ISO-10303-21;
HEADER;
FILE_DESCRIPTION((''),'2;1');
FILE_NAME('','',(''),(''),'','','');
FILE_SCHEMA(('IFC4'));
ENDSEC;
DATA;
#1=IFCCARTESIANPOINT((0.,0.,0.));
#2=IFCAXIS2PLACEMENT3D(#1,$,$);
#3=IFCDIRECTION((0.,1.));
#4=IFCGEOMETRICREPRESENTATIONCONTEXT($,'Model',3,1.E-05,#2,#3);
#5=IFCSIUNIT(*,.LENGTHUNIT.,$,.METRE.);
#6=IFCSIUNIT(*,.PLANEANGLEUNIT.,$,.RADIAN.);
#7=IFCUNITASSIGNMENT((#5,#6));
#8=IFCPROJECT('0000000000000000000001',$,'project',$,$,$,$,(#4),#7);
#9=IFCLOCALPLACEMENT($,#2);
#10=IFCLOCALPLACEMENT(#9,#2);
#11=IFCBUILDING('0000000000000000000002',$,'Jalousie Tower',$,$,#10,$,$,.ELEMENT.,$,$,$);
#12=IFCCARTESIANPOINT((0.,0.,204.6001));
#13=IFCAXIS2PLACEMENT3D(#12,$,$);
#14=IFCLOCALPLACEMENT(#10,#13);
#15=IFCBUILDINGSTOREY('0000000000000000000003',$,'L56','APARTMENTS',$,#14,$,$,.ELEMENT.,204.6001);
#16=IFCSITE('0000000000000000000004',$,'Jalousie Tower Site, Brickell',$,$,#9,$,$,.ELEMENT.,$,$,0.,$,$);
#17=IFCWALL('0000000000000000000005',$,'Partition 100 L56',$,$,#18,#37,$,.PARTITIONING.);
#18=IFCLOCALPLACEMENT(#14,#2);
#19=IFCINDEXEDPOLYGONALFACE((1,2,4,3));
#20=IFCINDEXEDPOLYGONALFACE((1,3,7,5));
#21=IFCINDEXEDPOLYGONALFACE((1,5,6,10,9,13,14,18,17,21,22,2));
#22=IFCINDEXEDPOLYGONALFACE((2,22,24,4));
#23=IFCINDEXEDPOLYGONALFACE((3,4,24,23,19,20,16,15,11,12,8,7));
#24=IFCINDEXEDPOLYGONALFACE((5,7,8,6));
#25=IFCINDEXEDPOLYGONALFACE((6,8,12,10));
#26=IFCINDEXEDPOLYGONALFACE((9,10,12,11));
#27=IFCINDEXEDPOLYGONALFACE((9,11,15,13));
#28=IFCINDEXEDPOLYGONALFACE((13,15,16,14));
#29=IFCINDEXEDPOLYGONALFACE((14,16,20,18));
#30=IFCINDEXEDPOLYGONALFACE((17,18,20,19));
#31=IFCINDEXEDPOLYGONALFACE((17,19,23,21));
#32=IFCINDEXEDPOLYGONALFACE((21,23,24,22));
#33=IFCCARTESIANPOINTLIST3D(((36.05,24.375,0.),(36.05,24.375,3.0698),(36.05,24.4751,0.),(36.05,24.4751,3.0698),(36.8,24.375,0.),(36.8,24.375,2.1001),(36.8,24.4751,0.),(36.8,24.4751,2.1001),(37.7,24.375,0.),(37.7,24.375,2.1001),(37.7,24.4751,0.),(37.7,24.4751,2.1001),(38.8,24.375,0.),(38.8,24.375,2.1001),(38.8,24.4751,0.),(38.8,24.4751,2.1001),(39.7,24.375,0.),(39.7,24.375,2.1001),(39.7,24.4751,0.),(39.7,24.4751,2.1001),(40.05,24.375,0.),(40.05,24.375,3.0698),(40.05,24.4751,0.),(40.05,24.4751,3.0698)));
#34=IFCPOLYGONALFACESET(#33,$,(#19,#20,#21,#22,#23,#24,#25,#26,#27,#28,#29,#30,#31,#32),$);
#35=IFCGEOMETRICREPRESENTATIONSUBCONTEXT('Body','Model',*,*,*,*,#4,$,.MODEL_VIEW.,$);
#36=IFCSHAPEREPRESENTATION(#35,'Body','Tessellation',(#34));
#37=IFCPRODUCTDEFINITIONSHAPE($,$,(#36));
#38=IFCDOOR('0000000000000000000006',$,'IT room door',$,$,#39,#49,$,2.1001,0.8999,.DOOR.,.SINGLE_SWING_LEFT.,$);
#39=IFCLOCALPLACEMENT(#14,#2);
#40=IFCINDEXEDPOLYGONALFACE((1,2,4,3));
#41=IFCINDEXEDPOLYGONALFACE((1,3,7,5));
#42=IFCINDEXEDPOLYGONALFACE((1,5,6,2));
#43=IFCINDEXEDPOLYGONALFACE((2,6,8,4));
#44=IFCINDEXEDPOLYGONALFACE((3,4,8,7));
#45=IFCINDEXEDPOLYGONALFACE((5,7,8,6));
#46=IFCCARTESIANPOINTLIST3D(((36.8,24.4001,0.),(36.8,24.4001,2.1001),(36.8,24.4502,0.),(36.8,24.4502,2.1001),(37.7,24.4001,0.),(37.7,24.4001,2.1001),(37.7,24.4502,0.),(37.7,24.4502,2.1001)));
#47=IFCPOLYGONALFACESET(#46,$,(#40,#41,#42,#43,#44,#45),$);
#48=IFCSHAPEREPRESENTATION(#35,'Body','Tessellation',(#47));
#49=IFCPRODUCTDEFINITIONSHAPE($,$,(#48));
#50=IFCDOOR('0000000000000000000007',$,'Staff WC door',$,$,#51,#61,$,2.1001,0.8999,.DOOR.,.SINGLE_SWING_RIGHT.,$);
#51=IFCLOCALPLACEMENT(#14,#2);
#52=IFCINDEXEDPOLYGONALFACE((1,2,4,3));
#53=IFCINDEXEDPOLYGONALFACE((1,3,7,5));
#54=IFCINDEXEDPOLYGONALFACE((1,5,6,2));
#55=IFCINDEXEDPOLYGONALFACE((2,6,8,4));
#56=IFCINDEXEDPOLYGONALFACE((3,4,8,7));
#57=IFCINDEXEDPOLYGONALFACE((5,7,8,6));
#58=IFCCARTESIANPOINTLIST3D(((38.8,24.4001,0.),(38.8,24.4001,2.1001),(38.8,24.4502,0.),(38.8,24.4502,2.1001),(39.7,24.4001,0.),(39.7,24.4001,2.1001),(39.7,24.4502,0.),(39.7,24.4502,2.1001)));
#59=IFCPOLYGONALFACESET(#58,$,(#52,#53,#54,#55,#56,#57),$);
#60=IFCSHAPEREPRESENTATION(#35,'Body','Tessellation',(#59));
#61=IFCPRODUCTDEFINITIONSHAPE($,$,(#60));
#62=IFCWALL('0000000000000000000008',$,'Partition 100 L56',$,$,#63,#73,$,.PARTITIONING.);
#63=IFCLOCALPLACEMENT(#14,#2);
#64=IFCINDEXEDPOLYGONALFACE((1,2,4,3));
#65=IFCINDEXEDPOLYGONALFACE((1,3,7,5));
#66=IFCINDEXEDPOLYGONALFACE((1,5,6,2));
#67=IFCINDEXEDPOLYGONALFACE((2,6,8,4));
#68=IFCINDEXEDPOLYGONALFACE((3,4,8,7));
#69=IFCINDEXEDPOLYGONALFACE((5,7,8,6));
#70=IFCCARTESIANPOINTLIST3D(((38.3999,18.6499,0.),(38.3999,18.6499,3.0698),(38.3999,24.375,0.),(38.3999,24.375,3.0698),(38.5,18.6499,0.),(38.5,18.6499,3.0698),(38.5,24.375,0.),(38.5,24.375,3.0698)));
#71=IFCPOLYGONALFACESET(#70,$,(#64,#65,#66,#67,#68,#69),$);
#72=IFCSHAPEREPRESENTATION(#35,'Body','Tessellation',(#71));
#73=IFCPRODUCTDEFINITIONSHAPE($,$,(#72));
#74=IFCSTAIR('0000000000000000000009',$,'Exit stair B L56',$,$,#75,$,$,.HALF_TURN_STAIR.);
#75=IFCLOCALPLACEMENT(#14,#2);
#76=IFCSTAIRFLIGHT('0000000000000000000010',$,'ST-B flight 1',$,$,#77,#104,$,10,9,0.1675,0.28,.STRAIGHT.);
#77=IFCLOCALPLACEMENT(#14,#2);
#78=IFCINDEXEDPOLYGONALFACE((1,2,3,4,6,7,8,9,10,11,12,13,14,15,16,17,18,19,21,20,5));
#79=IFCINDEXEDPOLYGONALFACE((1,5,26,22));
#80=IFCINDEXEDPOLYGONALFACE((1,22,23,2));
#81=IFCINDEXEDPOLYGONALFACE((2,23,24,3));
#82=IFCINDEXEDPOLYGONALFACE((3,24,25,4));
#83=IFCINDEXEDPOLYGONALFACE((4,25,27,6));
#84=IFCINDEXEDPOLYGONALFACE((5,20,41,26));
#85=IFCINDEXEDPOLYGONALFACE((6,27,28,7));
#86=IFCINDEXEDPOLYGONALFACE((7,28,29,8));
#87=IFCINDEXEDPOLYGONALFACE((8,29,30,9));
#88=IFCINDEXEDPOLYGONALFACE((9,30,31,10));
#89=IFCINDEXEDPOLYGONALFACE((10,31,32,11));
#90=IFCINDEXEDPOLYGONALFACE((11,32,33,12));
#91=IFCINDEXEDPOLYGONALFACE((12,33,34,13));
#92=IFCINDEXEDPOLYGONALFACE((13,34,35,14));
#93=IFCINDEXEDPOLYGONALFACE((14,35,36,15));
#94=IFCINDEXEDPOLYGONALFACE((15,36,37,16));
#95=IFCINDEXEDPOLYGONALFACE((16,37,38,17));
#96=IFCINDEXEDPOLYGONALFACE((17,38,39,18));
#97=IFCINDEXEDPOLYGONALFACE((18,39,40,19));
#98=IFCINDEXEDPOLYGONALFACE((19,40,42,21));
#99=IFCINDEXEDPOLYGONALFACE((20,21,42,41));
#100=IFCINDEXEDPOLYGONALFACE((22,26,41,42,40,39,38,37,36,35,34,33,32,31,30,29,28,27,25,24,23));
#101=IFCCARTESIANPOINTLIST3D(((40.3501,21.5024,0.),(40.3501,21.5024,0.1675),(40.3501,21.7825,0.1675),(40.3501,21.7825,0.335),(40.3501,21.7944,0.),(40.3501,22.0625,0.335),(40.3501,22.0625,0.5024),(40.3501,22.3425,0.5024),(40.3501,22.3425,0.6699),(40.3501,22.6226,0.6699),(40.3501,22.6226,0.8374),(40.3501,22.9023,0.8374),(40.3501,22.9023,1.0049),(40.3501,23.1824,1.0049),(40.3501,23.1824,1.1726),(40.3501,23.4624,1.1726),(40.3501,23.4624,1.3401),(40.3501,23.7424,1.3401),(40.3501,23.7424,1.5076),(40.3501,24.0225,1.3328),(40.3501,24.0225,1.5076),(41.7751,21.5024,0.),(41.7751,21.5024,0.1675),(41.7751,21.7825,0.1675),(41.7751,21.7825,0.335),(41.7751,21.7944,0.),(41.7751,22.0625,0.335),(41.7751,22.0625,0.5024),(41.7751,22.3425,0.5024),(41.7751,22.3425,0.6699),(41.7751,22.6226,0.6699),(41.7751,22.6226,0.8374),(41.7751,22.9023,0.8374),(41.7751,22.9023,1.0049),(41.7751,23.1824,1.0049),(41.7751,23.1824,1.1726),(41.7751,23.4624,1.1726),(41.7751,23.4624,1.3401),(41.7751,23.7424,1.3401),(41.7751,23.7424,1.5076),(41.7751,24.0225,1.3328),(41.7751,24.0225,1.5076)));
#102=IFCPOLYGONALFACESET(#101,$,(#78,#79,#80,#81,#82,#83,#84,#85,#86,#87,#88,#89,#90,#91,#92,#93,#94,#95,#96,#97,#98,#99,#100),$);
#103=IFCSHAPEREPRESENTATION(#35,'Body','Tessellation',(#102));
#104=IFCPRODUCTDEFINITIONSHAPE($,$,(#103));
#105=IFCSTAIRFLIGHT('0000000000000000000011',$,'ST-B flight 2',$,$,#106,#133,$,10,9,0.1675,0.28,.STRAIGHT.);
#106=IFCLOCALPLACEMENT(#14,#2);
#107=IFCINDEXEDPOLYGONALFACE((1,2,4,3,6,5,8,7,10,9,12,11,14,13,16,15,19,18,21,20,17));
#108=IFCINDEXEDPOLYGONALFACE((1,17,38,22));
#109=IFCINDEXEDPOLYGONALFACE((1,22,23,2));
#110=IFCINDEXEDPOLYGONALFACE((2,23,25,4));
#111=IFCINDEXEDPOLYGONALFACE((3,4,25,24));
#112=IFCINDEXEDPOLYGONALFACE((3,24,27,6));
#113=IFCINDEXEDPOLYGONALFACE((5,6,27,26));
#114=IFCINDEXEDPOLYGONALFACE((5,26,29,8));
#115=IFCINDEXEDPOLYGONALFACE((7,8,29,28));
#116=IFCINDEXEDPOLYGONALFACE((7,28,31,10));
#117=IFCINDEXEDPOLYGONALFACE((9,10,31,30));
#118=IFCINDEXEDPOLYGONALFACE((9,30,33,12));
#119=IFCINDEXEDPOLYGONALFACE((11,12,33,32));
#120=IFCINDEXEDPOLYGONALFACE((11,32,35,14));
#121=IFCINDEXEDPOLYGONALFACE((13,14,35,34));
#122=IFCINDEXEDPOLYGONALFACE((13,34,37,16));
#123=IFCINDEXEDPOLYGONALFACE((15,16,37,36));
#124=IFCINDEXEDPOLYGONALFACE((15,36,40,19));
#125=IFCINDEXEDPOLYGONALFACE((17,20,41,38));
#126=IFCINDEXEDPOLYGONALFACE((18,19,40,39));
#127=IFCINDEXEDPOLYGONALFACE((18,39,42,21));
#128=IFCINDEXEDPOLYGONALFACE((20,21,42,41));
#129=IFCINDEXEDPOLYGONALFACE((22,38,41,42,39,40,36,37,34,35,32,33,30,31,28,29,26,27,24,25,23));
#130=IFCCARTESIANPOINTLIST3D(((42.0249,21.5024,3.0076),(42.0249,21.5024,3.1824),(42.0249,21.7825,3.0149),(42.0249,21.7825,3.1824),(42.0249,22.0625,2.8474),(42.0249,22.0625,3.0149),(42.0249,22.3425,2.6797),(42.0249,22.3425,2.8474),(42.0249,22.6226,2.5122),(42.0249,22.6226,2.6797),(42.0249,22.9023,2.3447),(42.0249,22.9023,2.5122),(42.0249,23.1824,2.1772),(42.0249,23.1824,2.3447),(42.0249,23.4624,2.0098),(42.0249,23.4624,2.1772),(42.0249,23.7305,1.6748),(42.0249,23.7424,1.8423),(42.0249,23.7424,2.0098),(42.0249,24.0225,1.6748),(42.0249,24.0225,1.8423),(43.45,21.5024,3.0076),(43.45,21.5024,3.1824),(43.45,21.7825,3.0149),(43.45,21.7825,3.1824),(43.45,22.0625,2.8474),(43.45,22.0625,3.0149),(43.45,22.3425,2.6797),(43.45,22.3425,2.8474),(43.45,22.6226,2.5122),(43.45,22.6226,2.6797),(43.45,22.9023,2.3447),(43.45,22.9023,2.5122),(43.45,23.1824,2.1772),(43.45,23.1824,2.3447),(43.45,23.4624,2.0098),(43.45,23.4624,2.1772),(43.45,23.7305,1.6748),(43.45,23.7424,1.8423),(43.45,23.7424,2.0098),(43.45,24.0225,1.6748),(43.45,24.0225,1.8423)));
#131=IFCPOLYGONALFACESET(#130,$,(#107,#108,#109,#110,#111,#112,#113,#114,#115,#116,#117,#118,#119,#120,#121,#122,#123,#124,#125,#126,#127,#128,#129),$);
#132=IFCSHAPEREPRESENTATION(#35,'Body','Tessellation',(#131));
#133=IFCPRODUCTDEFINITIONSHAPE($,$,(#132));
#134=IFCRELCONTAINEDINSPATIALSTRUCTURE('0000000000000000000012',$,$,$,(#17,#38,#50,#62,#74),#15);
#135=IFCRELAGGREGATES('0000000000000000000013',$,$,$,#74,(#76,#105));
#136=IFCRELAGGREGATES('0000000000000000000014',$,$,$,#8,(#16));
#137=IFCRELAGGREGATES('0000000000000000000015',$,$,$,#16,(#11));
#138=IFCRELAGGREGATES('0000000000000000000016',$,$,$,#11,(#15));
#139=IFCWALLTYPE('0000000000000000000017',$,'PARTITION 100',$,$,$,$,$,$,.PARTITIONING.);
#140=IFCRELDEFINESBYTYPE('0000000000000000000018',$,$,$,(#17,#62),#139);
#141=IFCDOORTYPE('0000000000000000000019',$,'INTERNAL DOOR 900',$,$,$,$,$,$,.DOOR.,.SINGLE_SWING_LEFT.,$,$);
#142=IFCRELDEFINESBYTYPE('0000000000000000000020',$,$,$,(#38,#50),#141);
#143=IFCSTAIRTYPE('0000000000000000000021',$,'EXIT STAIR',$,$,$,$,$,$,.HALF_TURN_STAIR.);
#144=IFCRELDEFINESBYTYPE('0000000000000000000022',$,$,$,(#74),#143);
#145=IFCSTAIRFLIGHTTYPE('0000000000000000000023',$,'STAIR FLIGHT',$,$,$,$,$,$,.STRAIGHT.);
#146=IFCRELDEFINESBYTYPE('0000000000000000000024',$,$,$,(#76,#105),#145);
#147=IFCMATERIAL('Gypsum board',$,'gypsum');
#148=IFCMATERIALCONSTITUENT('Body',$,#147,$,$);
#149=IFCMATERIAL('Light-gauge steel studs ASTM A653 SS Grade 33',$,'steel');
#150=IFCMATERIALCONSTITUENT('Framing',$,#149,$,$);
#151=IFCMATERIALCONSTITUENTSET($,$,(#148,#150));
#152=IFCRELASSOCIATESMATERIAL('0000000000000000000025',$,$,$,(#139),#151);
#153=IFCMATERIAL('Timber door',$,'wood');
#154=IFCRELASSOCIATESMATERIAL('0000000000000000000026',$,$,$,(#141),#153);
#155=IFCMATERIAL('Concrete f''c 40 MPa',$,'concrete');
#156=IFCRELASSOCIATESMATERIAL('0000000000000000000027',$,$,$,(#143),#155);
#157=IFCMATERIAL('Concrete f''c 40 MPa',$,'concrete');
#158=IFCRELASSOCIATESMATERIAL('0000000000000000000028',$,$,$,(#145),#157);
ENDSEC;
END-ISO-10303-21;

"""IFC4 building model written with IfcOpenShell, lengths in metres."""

from ifc_helpers import new_model, si_unit, direction, frame, frame_2d, origin, place, context, subcontext, project, spatial, polyline, rectangle, outline, extrude, material, constituent, constituent_set, type_object, element, fill, aggregate, save


model = new_model("IFC4")

# Units and contexts
model_context = context("Model", 3, precision=1e-05, world=origin(), true_north=direction((0.0, 1.0)))
body_context = subcontext(model_context, "Body", "Model", "MODEL_VIEW")
ifc_project = project(units=[si_unit("LENGTHUNIT", "METRE"), si_unit("PLANEANGLEUNIT", "RADIAN")], contexts=[model_context])

# Site, building, storey
site_placement = place(None, origin())
site = spatial("IfcSite", under=ifc_project, at=site_placement, Name="Jalousie Tower Site, Brickell", CompositionType="ELEMENT", RefElevation=0.0)
building_placement = place(site_placement, origin())
building = spatial("IfcBuilding", under=site, at=building_placement, Name="Jalousie Tower", CompositionType="ELEMENT")
storey_placement = place(building_placement, frame((0.0, 0.0, 204.6001)))
storey = spatial("IfcBuildingStorey", under=building, at=storey_placement, Name="L56", Description="APARTMENTS", CompositionType="ELEMENT", Elevation=204.6001)

# Wall, openings, doors
ifc_material_1 = material(Name="Gypsum board", Category="gypsum")
ifc_constituent_1 = constituent(ifc_material_1, Name="Body")
ifc_material_2 = material(Name="Light-gauge steel studs ASTM A653 SS Grade 33", Category="steel")
ifc_constituent_2 = constituent(ifc_material_2, Name="Framing")
ifc_constituent_set_1 = constituent_set(constituents=[ifc_constituent_1, ifc_constituent_2])
wall_type_1 = type_object("IfcWallType", Name="PARTITION 100", PredefinedType="PARTITIONING", material=ifc_constituent_set_1)
wall_1_placement = place(storey_placement, frame((36.05, 24.425, 0.0), z_axis=(0.0, 0.0, 1.0), x_axis=(1.0, 0.0, 0.0)))
wall_1 = element("IfcWall", 1, at=wall_1_placement, inside=storey, type_object=wall_type_1, Name="Partition 100 L56", PredefinedType="PARTITIONING", context=body_context, shape_type="SweptSolid", body=[
    extrude(rectangle(XDim=4.0, YDim=0.1001, at=frame_2d((2.0, 0.0))), origin(), (0.0, 0.0, 1.0), 3.0698),
])
opening_1_placement = place(wall_1_placement, frame((0.75, 0.0, 0.0)))
opening_1 = element("IfcOpeningElement", 2, at=opening_1_placement, cuts=wall_1, PredefinedType="OPENING", context=body_context, shape_type="SweptSolid", body=[
    extrude(rectangle(XDim=0.8999, YDim=2.1001, at=frame_2d((0.45, 1.05))), frame((0.0, 0.0601, 0.0), z_axis=(0.0, -1.0, 0.0), x_axis=(1.0, 0.0, 0.0)), (0.0, 0.0, 1.0), 0.1201),
])
opening_2_placement = place(wall_1_placement, frame((2.75, 0.0, 0.0)))
opening_2 = element("IfcOpeningElement", 3, at=opening_2_placement, cuts=wall_1, PredefinedType="OPENING", context=body_context, shape_type="SweptSolid", body=[
    extrude(rectangle(XDim=0.8999, YDim=2.1001, at=frame_2d((0.45, 1.05))), frame((0.0, 0.0601, 0.0), z_axis=(0.0, -1.0, 0.0), x_axis=(1.0, 0.0, 0.0)), (0.0, 0.0, 1.0), 0.1201),
])
ifc_material_3 = material(Name="Timber door", Category="wood")
door_type_1 = type_object("IfcDoorType", Name="INTERNAL DOOR 900", OperationType="SINGLE_SWING_LEFT", PredefinedType="DOOR", material=ifc_material_3)
door_1_placement = place(opening_1_placement, frame((0.8999, 0.0, 0.0), z_axis=(0.0, 0.0, 1.0), x_axis=(-1.0, 0.0, 0.0)))
door_1 = element("IfcDoor", 4, at=door_1_placement, inside=storey, type_object=door_type_1, Name="IT room door", OperationType="SINGLE_SWING_LEFT", OverallHeight=2.1001, OverallWidth=0.8999, PredefinedType="DOOR", context=body_context, shape_type="SweptSolid", body=[
    extrude(rectangle(XDim=0.8999, YDim=2.1001, at=frame_2d((0.45, 1.05))), frame((0.0, 0.0249, 0.0), z_axis=(0.0, -1.0, 0.0), x_axis=(1.0, 0.0, 0.0)), (0.0, 0.0, 1.0), 0.05),
])
fill(opening_1, door_1)
door_2_placement = place(opening_2_placement, frame((0.8999, 0.0, 0.0), z_axis=(0.0, 0.0, 1.0), x_axis=(-1.0, 0.0, 0.0)))
door_2 = element("IfcDoor", 5, at=door_2_placement, inside=storey, type_object=door_type_1, Name="Staff WC door", OperationType="SINGLE_SWING_RIGHT", OverallHeight=2.1001, OverallWidth=0.8999, PredefinedType="DOOR", context=body_context, shape_type="SweptSolid", body=[
    extrude(rectangle(XDim=0.8999, YDim=2.1001, at=frame_2d((0.45, 1.05))), frame((0.0, 0.0249, 0.0), z_axis=(0.0, -1.0, 0.0), x_axis=(1.0, 0.0, 0.0)), (0.0, 0.0, 1.0), 0.05),
])
fill(opening_2, door_2)

# Wall
wall_2_placement = place(storey_placement, frame((38.45, 18.6499, 0.0), z_axis=(0.0, 0.0, 1.0), x_axis=(0.0, 1.0, 0.0)))
element("IfcWall", 6, at=wall_2_placement, inside=storey, type_object=wall_type_1, Name="Partition 100 L56", PredefinedType="PARTITIONING", context=body_context, shape_type="SweptSolid", body=[
    extrude(rectangle(XDim=5.7251, YDim=0.1001, at=frame_2d((2.8625, 0.0))), origin(), (0.0, 0.0, 1.0), 3.0698),
])

# Stair, stair flights
ifc_material_4 = material(Name="Concrete f'c 40 MPa", Category="concrete")
stair_type = type_object("IfcStairType", Name="EXIT STAIR", PredefinedType="HALF_TURN_STAIR", material=ifc_material_4)
stair_placement = place(storey_placement, origin())
stair = element("IfcStair", 7, at=stair_placement, inside=storey, type_object=stair_type, Name="Exit stair B L56", PredefinedType="HALF_TURN_STAIR")
ifc_material_5 = material(Name="Concrete f'c 40 MPa", Category="concrete")
stair_flight_type = type_object("IfcStairFlightType", Name="STAIR FLIGHT", PredefinedType="STRAIGHT", material=ifc_material_5)
stair_flight_1_placement = place(storey_placement, frame((41.0625, 21.5024, 0.0), z_axis=(0.0, 0.0, 1.0), x_axis=(0.0, 1.0, 0.0)))
stair_flight_1 = element("IfcStairFlight", 8, at=stair_flight_1_placement, type_object=stair_flight_type, Name="ST-B flight 1", NumberOfRisers=10, NumberOfTreads=9, PredefinedType="STRAIGHT", RiserHeight=0.1675, TreadLength=0.28, context=body_context, shape_type="SweptSolid", body=[
    extrude(outline(polyline([(0.0, 0.0), (0.0, 0.1675), (0.28, 0.1675), (0.28, 0.335), (0.5601, 0.335), (0.5601, 0.5024), (0.8401, 0.5024), (0.8401, 0.6699), (1.1201, 0.6699), (1.1201, 0.8374), (1.3999, 0.8374), (1.3999, 1.0049), (1.6799, 1.0049), (1.6799, 1.1726), (1.96, 1.1726), (1.96, 1.3401), (2.24, 1.3401), (2.24, 1.5076), (2.52, 1.5076), (2.52, 1.675), (2.52, 1.3328), (0.292, 0.0), (0.0, 0.0)])), frame((0.0, 0.7124, 0.0), z_axis=(0.0, -1.0, 0.0), x_axis=(1.0, 0.0, 0.0)), (0.0, 0.0, 1.0), 1.425),
])
stair_flight_2_placement = place(storey_placement, frame((42.7375, 24.0225, 1.6748), z_axis=(0.0, 0.0, 1.0), x_axis=(0.0, -1.0, 0.0)))
stair_flight_2 = element("IfcStairFlight", 9, at=stair_flight_2_placement, type_object=stair_flight_type, Name="ST-B flight 2", NumberOfRisers=10, NumberOfTreads=9, PredefinedType="STRAIGHT", RiserHeight=0.1675, TreadLength=0.28, context=body_context, shape_type="SweptSolid", body=[
    extrude(outline(polyline([(0.0, 0.0), (0.0, 0.1675), (0.28, 0.1675), (0.28, 0.335), (0.5601, 0.335), (0.5601, 0.5024), (0.8401, 0.5024), (0.8401, 0.6699), (1.1201, 0.6699), (1.1201, 0.8374), (1.3999, 0.8374), (1.3999, 1.0049), (1.6799, 1.0049), (1.6799, 1.1726), (1.96, 1.1726), (1.96, 1.3401), (2.24, 1.3401), (2.24, 1.5076), (2.52, 1.5076), (2.52, 1.675), (2.52, 1.3328), (0.292, 0.0), (0.0, 0.0)])), frame((0.0, 0.7124, 0.0), z_axis=(0.0, -1.0, 0.0), x_axis=(1.0, 0.0, 0.0)), (0.0, 0.0, 1.0), 1.425),
])
aggregate(stair, [stair_flight_1, stair_flight_2])

save(model, "model.ifc")
